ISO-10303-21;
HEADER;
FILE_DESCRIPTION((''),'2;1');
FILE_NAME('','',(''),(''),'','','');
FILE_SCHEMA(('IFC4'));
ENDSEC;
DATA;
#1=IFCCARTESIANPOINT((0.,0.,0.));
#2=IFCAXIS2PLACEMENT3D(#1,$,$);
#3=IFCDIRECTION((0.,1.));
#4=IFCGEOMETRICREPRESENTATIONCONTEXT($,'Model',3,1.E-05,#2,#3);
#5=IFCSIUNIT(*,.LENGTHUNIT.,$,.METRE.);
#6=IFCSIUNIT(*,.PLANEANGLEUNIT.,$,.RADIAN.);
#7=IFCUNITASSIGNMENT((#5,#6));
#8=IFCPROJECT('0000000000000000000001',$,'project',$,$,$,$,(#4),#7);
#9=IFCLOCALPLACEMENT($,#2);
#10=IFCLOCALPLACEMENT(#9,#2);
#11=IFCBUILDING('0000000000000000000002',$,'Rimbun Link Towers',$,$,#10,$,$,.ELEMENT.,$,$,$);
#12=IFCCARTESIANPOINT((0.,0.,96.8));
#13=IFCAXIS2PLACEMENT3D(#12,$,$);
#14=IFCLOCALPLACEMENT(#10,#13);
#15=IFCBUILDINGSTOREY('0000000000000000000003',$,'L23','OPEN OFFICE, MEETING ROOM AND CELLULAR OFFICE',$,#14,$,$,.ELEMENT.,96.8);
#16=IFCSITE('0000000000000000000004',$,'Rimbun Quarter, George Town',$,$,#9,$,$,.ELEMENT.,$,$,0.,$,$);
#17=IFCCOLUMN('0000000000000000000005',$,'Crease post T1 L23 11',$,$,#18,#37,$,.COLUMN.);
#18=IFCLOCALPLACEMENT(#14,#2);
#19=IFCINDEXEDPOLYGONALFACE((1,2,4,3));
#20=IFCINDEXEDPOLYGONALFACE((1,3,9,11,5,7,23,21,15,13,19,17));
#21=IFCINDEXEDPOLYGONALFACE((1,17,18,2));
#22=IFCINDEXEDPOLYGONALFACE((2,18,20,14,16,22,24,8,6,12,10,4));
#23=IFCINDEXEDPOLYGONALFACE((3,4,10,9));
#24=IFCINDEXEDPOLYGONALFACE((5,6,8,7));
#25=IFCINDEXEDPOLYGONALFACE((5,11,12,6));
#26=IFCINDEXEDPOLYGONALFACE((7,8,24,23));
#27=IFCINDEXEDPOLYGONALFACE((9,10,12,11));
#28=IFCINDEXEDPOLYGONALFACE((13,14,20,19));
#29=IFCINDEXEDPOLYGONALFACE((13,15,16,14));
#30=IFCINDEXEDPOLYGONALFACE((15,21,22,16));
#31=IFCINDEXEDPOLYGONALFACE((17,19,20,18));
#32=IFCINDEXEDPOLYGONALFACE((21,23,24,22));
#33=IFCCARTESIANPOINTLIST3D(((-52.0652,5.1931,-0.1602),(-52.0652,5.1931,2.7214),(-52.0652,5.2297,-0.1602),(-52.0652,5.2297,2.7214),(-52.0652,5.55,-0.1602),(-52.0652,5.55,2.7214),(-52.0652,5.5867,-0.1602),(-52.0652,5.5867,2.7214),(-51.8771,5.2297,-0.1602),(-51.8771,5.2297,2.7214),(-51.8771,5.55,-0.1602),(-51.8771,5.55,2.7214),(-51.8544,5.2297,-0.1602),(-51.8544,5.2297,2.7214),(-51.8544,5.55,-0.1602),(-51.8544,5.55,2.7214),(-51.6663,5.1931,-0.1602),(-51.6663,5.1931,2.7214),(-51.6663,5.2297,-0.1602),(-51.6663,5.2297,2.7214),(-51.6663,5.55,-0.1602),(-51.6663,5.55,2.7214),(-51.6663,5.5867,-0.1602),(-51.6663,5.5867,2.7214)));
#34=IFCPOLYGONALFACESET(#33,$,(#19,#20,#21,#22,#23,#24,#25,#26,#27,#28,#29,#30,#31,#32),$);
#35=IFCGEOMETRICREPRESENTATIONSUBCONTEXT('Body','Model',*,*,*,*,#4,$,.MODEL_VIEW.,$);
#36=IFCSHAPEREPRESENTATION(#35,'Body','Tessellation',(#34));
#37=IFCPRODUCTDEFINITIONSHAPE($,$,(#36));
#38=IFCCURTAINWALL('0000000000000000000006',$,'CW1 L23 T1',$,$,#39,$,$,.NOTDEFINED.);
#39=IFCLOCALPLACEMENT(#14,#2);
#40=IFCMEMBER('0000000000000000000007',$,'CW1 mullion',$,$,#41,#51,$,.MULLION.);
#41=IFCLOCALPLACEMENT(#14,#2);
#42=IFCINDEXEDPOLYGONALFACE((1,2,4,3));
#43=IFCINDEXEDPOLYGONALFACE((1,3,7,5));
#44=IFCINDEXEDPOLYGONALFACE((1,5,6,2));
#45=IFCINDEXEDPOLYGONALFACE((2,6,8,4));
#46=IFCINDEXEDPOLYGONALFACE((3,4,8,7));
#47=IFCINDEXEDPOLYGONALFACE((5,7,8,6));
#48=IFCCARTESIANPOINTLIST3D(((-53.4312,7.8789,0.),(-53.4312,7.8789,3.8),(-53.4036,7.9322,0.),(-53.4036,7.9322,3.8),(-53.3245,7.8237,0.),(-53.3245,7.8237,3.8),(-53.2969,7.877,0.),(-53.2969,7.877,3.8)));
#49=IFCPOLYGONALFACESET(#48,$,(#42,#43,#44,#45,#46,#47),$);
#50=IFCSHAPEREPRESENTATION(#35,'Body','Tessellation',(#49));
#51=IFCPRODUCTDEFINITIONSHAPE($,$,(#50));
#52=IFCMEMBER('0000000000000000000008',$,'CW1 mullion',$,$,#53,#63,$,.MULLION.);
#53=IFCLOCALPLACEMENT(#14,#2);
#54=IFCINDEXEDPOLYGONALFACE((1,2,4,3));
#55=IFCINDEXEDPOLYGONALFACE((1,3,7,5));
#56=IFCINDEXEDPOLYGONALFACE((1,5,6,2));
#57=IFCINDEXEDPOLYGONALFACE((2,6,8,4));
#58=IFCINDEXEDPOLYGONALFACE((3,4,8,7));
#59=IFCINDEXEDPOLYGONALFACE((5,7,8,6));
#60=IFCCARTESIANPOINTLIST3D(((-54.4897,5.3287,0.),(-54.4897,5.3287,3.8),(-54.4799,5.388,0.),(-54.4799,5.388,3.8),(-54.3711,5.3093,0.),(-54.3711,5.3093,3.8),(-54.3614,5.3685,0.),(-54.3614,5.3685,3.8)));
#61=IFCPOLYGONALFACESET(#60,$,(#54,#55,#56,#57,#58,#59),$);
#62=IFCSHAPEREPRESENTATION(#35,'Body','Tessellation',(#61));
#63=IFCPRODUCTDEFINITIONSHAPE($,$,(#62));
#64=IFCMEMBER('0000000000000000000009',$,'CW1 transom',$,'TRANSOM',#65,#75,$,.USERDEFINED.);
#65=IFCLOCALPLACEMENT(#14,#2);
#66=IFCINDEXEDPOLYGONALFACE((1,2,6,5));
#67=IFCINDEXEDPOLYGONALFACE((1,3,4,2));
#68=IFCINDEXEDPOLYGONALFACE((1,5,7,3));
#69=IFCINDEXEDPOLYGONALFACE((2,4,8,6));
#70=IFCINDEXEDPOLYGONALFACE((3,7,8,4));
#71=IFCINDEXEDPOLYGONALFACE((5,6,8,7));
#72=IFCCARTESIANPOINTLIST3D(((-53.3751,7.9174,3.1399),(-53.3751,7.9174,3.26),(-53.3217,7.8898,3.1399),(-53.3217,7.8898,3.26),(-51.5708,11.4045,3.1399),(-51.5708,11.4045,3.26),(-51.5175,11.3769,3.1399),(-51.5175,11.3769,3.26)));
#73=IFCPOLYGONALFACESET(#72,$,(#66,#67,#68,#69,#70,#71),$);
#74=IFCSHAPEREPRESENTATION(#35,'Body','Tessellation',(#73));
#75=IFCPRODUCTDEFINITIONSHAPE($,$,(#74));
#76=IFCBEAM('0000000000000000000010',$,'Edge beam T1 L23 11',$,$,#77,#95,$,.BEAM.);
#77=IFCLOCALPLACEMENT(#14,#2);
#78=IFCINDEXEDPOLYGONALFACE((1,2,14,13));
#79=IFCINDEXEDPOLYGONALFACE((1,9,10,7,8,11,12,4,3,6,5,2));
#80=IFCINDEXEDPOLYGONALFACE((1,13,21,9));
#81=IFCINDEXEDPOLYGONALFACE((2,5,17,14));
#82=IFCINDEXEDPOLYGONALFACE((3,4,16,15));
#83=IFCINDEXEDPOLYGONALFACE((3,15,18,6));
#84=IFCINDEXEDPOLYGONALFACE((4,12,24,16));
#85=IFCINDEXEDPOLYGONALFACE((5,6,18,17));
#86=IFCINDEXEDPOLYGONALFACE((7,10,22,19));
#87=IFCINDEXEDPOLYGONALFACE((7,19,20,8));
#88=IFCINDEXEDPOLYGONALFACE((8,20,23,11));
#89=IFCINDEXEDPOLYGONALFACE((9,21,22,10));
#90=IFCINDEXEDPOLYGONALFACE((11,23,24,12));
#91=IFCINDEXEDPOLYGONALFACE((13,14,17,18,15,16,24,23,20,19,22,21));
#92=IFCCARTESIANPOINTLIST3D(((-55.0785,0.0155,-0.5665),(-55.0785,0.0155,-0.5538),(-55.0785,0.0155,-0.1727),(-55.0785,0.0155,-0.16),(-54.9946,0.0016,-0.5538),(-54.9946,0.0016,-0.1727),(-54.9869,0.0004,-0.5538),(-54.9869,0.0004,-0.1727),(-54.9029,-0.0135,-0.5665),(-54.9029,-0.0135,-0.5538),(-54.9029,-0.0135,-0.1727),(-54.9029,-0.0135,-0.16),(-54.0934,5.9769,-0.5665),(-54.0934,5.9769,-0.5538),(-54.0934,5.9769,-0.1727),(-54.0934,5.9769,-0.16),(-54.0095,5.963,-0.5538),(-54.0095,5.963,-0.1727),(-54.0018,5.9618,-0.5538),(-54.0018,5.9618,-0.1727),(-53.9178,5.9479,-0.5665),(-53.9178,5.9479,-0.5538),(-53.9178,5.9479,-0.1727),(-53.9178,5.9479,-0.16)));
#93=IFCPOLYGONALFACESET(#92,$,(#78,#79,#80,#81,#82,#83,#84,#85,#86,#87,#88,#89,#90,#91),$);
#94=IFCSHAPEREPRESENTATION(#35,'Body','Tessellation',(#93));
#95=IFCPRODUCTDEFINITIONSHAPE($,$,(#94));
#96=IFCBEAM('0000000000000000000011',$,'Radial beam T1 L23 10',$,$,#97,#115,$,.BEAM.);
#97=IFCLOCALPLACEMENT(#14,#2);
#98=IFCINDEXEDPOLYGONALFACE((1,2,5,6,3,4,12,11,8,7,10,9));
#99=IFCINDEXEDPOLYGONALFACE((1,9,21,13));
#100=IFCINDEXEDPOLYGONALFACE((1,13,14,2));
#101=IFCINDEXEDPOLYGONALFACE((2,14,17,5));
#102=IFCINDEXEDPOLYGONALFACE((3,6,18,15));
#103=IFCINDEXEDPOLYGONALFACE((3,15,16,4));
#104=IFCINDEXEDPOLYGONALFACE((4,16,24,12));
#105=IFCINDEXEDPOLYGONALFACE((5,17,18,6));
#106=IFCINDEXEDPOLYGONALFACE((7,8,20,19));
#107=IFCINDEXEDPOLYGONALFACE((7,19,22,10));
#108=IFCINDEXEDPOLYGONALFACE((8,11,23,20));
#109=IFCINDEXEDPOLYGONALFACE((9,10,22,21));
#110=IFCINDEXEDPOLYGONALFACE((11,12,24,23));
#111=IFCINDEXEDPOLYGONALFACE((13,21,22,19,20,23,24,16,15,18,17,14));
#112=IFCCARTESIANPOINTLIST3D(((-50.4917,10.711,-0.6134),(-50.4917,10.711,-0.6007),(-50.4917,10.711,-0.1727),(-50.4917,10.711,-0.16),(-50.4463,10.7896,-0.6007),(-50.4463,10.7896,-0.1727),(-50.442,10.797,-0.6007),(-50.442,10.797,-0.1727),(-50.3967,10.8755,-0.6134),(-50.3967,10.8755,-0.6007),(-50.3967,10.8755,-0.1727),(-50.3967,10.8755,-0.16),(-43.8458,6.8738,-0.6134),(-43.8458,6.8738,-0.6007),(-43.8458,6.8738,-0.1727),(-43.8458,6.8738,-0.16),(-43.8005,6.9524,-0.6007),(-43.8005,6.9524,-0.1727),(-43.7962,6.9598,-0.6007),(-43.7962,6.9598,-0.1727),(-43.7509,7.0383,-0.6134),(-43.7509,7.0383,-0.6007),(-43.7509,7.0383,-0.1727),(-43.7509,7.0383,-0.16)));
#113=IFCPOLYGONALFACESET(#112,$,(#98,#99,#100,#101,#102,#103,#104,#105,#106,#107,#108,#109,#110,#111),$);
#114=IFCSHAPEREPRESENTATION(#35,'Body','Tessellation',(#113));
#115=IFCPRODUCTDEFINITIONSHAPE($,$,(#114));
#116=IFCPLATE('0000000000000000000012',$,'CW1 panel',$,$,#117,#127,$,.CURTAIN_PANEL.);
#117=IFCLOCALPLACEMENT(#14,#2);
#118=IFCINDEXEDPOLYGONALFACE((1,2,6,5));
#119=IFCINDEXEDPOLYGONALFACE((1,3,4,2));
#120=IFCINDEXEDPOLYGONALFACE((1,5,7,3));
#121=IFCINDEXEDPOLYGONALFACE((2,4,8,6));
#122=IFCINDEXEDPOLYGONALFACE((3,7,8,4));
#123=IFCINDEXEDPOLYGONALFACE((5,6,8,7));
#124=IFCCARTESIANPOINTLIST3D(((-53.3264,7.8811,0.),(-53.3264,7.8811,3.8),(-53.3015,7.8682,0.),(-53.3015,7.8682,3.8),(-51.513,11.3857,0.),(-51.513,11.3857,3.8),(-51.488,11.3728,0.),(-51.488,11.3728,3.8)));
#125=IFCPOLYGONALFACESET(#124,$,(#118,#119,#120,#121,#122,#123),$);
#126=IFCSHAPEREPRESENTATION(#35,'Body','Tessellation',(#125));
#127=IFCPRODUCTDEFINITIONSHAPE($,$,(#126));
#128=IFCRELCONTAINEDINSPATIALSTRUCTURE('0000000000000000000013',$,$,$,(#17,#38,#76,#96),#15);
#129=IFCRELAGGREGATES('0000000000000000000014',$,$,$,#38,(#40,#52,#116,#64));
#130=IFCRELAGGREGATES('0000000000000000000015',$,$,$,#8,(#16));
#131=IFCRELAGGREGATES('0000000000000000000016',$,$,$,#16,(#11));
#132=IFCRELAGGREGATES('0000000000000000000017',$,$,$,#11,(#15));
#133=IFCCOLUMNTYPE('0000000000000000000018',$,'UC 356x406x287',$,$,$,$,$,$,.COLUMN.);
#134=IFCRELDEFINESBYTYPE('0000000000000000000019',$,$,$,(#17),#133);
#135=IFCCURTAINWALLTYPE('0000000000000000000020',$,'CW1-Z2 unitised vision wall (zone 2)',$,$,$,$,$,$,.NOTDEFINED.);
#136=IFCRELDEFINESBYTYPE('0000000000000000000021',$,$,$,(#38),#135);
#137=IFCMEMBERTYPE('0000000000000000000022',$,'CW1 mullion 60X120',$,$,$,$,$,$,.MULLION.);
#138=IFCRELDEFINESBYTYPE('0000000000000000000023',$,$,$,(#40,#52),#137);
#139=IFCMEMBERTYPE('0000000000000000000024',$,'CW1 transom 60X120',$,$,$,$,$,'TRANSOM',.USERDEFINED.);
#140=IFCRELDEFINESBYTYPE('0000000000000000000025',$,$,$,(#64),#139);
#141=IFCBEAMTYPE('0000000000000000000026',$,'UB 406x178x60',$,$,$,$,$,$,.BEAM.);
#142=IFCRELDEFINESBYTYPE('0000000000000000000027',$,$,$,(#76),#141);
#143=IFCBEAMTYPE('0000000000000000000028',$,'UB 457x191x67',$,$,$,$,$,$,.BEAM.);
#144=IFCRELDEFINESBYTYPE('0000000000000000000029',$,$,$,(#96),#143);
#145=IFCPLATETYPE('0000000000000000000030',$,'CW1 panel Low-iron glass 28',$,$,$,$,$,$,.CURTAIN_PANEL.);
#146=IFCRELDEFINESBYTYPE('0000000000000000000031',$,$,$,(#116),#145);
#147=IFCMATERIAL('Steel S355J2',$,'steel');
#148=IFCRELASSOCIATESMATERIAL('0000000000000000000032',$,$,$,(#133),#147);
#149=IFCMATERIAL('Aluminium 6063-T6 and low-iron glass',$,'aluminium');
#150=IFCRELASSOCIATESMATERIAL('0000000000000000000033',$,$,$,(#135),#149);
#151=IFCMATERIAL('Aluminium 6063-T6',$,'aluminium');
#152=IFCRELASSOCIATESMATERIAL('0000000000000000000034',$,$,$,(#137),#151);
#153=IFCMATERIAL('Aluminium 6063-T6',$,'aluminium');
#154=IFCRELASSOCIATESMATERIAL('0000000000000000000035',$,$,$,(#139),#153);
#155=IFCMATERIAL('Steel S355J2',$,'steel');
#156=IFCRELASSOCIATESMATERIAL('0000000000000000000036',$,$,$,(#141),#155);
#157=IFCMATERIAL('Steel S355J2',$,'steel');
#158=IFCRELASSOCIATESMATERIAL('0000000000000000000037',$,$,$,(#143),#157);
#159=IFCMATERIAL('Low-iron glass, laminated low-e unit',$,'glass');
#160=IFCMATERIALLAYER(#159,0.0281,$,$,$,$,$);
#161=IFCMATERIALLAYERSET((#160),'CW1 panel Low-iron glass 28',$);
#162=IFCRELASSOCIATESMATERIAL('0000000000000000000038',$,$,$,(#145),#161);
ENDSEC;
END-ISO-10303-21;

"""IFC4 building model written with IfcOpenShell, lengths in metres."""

from ifc_helpers import new_model, si_unit, direction, frame, origin, origin_2d, place, context, subcontext, project, spatial, rectangle, i_section, extrude, material, layer, layer_set, material_profile, profile_set, type_object, element, aggregate, save


model = new_model("IFC4")

# Units and contexts
model_context = context("Model", 3, precision=1e-05, world=origin(), true_north=direction((0.0, 1.0)))
body_context = subcontext(model_context, "Body", "Model", "MODEL_VIEW")
ifc_project = project(units=[si_unit("LENGTHUNIT", "METRE"), si_unit("PLANEANGLEUNIT", "RADIAN")], contexts=[model_context])

# Site, building, storey
site_placement = place(None, origin())
site = spatial("IfcSite", under=ifc_project, at=site_placement, Name="Rimbun Quarter, George Town", CompositionType="ELEMENT", RefElevation=0.0)
building_placement = place(site_placement, origin())
building = spatial("IfcBuilding", under=site, at=building_placement, Name="Rimbun Link Towers", CompositionType="ELEMENT")
storey_placement = place(building_placement, frame((0.0, 0.0, 96.8)))
storey = spatial("IfcBuildingStorey", under=building, at=storey_placement, Name="L23", Description="OPEN OFFICE, MEETING ROOM AND CELLULAR OFFICE", CompositionType="ELEMENT", Elevation=96.8)

# Column
ifc_material_1 = material(Name="Steel S355J2", Category="steel")
ifc_material_profile_1 = material_profile(ifc_material_1, i_section(OverallWidth=0.3989, OverallDepth=0.3936, WebThickness=0.0227, FlangeThickness=0.0366, at=origin_2d()), Name="UC 356x406x287")
ifc_profile_set_1 = profile_set([ifc_material_profile_1], Name="Steel S355J2")
column_type = type_object("IfcColumnType", Name="UC 356x406x287", PredefinedType="COLUMN", material=ifc_profile_set_1)
column_placement = place(storey_placement, frame((-51.8657, 5.3899, -0.1602), z_axis=(0.0, 0.0, 1.0), x_axis=(1.0, 0.0, 0.0)))
element("IfcColumn", 1, at=column_placement, inside=storey, type_object=column_type, Name="Crease post T1 L23 11", PredefinedType="COLUMN", context=body_context, shape_type="SweptSolid", body=[
    extrude(i_section(OverallWidth=0.3989, OverallDepth=0.3936, WebThickness=0.0227, FlangeThickness=0.0366, at=origin_2d()), origin(), (0.0, 0.0, 1.0), 2.8816),
])

# Curtain wall, members
ifc_material_2 = material(Name="Aluminium 6063-T6 and low-iron glass", Category="aluminium")
curtain_wall_type = type_object("IfcCurtainWallType", Name="CW1-Z2 unitised vision wall (zone 2)", PredefinedType="NOTDEFINED", material=ifc_material_2)
curtain_wall_placement = place(storey_placement, origin())
curtain_wall = element("IfcCurtainWall", 2, at=curtain_wall_placement, inside=storey, type_object=curtain_wall_type, Name="CW1 L23 T1", PredefinedType="NOTDEFINED")
ifc_material_3 = material(Name="Aluminium 6063-T6", Category="aluminium")
ifc_material_profile_2 = material_profile(ifc_material_3, rectangle(XDim=0.1201, YDim=0.0601, at=origin_2d()), Name="MULLION 60X120")
ifc_profile_set_2 = profile_set([ifc_material_profile_2], Name="Aluminium 6063-T6")
member_type_1 = type_object("IfcMemberType", Name="CW1 mullion 60X120", PredefinedType="MULLION", material=ifc_profile_set_2)
member_1_placement = place(storey_placement, frame((-53.364, 7.8779, 0.0), z_axis=(0.0, 0.0, 1.0), x_axis=(-0.888149, 0.459556, 0.0)))
member_1 = element("IfcMember", 3, at=member_1_placement, type_object=member_type_1, Name="CW1 mullion", PredefinedType="MULLION", context=body_context, shape_type="SweptSolid", body=[
    extrude(rectangle(XDim=0.1201, YDim=0.0601, at=origin_2d()), origin(), (0.0, 0.0, 1.0), 3.8),
])
member_2_placement = place(storey_placement, frame((-54.4255, 5.3486, 0.0), z_axis=(0.0, 0.0, 1.0), x_axis=(-0.986748, 0.16226, 0.0)))
member_2 = element("IfcMember", 4, at=member_2_placement, type_object=member_type_1, Name="CW1 mullion", PredefinedType="MULLION", context=body_context, shape_type="SweptSolid", body=[
    extrude(rectangle(XDim=0.1201, YDim=0.0601, at=origin_2d()), origin(), (0.0, 0.0, 1.0), 3.8),
])
ifc_material_4 = material(Name="Aluminium 6063-T6", Category="aluminium")
ifc_material_profile_3 = material_profile(ifc_material_4, rectangle(XDim=0.0601, YDim=0.1201, at=origin_2d()), Name="TRANSOM 60X120")
ifc_profile_set_3 = profile_set([ifc_material_profile_3], Name="Aluminium 6063-T6")
member_type_2 = type_object("IfcMemberType", Name="CW1 transom 60X120", ElementType="TRANSOM", PredefinedType="USERDEFINED", material=ifc_profile_set_3)
member_3_placement = place(storey_placement, frame((-53.3484, 7.9036, 3.2), z_axis=(0.459533, 0.888161, 0.0), x_axis=(-0.888161, 0.459533, 0.0)))
member_3 = element("IfcMember", 5, at=member_3_placement, type_object=member_type_2, Name="CW1 transom", ObjectType="TRANSOM", PredefinedType="USERDEFINED", context=body_context, shape_type="SweptSolid", body=[
    extrude(rectangle(XDim=0.0601, YDim=0.1201, at=origin_2d()), origin(), (0.0, 0.0, 1.0), 3.9263),
])

# Beams
ifc_material_5 = material(Name="Steel S355J2", Category="steel")
ifc_material_profile_4 = material_profile(ifc_material_5, i_section(OverallWidth=0.178, OverallDepth=0.4065, WebThickness=0.0078, FlangeThickness=0.0127, at=origin_2d()), Name="UB 406x178x60")
ifc_profile_set_4 = profile_set([ifc_material_profile_4], Name="Steel S355J2")
beam_type_1 = type_object("IfcBeamType", Name="UB 406x178x60", PredefinedType="BEAM", material=ifc_profile_set_4)
beam_1_placement = place(storey_placement, frame((-54.0056, 5.9624, -0.3633), z_axis=(-0.163036, -0.98662, 0.0), x_axis=(0.98662, -0.163036, 0.0)))
element("IfcBeam", 6, at=beam_1_placement, inside=storey, type_object=beam_type_1, Name="Edge beam T1 L23 11", PredefinedType="BEAM", context=body_context, shape_type="SweptSolid", body=[
    extrude(i_section(OverallWidth=0.178, OverallDepth=0.4065, WebThickness=0.0078, FlangeThickness=0.0127, at=origin_2d()), origin(), (0.0, 0.0, 1.0), 6.0422),
])
ifc_material_6 = material(Name="Steel S355J2", Category="steel")
ifc_material_profile_5 = material_profile(ifc_material_6, i_section(OverallWidth=0.1899, OverallDepth=0.4534, WebThickness=0.0085, FlangeThickness=0.0127, at=origin_2d()), Name="UB 457x191x67")
ifc_profile_set_5 = profile_set([ifc_material_profile_5], Name="Steel S355J2")
beam_type_2 = type_object("IfcBeamType", Name="UB 457x191x67", PredefinedType="BEAM", material=ifc_profile_set_5)
beam_2_placement = place(storey_placement, frame((-43.7983, 6.9561, -0.3867), z_axis=(-0.866012, 0.500023, 0.0), x_axis=(-0.500023, -0.866012, 0.0)))
element("IfcBeam", 7, at=beam_2_placement, inside=storey, type_object=beam_type_2, Name="Radial beam T1 L23 10", PredefinedType="BEAM", context=body_context, shape_type="SweptSolid", body=[
    extrude(i_section(OverallWidth=0.1899, OverallDepth=0.4534, WebThickness=0.0085, FlangeThickness=0.0127, at=origin_2d()), origin(), (0.0, 0.0, 1.0), 7.6741),
])

# Plate
ifc_material_7 = material(Name="Low-iron glass, laminated low-e unit", Category="glass")
ifc_layer_1 = layer(ifc_material_7, 0.0281)
ifc_layer_set_1 = layer_set([ifc_layer_1], Name="CW1 panel Low-iron glass 28")
plate_type = type_object("IfcPlateType", Name="CW1 panel Low-iron glass 28", PredefinedType="CURTAIN_PANEL", material=ifc_layer_set_1)
plate_placement = place(storey_placement, frame((-52.4072, 9.627, 0.0), z_axis=(0.0, 0.0, 1.0), x_axis=(0.459556, 0.888149, 0.0)))
plate = element("IfcPlate", 8, at=plate_placement, type_object=plate_type, Name="CW1 panel", PredefinedType="CURTAIN_PANEL", context=body_context, shape_type="SweptSolid", body=[
    extrude(rectangle(XDim=3.946, YDim=0.0281, at=origin_2d()), origin(), (0.0, 0.0, 1.0), 3.8),
])
aggregate(curtain_wall, [member_1, member_2, plate, member_3])

save(model, "model.ifc")
